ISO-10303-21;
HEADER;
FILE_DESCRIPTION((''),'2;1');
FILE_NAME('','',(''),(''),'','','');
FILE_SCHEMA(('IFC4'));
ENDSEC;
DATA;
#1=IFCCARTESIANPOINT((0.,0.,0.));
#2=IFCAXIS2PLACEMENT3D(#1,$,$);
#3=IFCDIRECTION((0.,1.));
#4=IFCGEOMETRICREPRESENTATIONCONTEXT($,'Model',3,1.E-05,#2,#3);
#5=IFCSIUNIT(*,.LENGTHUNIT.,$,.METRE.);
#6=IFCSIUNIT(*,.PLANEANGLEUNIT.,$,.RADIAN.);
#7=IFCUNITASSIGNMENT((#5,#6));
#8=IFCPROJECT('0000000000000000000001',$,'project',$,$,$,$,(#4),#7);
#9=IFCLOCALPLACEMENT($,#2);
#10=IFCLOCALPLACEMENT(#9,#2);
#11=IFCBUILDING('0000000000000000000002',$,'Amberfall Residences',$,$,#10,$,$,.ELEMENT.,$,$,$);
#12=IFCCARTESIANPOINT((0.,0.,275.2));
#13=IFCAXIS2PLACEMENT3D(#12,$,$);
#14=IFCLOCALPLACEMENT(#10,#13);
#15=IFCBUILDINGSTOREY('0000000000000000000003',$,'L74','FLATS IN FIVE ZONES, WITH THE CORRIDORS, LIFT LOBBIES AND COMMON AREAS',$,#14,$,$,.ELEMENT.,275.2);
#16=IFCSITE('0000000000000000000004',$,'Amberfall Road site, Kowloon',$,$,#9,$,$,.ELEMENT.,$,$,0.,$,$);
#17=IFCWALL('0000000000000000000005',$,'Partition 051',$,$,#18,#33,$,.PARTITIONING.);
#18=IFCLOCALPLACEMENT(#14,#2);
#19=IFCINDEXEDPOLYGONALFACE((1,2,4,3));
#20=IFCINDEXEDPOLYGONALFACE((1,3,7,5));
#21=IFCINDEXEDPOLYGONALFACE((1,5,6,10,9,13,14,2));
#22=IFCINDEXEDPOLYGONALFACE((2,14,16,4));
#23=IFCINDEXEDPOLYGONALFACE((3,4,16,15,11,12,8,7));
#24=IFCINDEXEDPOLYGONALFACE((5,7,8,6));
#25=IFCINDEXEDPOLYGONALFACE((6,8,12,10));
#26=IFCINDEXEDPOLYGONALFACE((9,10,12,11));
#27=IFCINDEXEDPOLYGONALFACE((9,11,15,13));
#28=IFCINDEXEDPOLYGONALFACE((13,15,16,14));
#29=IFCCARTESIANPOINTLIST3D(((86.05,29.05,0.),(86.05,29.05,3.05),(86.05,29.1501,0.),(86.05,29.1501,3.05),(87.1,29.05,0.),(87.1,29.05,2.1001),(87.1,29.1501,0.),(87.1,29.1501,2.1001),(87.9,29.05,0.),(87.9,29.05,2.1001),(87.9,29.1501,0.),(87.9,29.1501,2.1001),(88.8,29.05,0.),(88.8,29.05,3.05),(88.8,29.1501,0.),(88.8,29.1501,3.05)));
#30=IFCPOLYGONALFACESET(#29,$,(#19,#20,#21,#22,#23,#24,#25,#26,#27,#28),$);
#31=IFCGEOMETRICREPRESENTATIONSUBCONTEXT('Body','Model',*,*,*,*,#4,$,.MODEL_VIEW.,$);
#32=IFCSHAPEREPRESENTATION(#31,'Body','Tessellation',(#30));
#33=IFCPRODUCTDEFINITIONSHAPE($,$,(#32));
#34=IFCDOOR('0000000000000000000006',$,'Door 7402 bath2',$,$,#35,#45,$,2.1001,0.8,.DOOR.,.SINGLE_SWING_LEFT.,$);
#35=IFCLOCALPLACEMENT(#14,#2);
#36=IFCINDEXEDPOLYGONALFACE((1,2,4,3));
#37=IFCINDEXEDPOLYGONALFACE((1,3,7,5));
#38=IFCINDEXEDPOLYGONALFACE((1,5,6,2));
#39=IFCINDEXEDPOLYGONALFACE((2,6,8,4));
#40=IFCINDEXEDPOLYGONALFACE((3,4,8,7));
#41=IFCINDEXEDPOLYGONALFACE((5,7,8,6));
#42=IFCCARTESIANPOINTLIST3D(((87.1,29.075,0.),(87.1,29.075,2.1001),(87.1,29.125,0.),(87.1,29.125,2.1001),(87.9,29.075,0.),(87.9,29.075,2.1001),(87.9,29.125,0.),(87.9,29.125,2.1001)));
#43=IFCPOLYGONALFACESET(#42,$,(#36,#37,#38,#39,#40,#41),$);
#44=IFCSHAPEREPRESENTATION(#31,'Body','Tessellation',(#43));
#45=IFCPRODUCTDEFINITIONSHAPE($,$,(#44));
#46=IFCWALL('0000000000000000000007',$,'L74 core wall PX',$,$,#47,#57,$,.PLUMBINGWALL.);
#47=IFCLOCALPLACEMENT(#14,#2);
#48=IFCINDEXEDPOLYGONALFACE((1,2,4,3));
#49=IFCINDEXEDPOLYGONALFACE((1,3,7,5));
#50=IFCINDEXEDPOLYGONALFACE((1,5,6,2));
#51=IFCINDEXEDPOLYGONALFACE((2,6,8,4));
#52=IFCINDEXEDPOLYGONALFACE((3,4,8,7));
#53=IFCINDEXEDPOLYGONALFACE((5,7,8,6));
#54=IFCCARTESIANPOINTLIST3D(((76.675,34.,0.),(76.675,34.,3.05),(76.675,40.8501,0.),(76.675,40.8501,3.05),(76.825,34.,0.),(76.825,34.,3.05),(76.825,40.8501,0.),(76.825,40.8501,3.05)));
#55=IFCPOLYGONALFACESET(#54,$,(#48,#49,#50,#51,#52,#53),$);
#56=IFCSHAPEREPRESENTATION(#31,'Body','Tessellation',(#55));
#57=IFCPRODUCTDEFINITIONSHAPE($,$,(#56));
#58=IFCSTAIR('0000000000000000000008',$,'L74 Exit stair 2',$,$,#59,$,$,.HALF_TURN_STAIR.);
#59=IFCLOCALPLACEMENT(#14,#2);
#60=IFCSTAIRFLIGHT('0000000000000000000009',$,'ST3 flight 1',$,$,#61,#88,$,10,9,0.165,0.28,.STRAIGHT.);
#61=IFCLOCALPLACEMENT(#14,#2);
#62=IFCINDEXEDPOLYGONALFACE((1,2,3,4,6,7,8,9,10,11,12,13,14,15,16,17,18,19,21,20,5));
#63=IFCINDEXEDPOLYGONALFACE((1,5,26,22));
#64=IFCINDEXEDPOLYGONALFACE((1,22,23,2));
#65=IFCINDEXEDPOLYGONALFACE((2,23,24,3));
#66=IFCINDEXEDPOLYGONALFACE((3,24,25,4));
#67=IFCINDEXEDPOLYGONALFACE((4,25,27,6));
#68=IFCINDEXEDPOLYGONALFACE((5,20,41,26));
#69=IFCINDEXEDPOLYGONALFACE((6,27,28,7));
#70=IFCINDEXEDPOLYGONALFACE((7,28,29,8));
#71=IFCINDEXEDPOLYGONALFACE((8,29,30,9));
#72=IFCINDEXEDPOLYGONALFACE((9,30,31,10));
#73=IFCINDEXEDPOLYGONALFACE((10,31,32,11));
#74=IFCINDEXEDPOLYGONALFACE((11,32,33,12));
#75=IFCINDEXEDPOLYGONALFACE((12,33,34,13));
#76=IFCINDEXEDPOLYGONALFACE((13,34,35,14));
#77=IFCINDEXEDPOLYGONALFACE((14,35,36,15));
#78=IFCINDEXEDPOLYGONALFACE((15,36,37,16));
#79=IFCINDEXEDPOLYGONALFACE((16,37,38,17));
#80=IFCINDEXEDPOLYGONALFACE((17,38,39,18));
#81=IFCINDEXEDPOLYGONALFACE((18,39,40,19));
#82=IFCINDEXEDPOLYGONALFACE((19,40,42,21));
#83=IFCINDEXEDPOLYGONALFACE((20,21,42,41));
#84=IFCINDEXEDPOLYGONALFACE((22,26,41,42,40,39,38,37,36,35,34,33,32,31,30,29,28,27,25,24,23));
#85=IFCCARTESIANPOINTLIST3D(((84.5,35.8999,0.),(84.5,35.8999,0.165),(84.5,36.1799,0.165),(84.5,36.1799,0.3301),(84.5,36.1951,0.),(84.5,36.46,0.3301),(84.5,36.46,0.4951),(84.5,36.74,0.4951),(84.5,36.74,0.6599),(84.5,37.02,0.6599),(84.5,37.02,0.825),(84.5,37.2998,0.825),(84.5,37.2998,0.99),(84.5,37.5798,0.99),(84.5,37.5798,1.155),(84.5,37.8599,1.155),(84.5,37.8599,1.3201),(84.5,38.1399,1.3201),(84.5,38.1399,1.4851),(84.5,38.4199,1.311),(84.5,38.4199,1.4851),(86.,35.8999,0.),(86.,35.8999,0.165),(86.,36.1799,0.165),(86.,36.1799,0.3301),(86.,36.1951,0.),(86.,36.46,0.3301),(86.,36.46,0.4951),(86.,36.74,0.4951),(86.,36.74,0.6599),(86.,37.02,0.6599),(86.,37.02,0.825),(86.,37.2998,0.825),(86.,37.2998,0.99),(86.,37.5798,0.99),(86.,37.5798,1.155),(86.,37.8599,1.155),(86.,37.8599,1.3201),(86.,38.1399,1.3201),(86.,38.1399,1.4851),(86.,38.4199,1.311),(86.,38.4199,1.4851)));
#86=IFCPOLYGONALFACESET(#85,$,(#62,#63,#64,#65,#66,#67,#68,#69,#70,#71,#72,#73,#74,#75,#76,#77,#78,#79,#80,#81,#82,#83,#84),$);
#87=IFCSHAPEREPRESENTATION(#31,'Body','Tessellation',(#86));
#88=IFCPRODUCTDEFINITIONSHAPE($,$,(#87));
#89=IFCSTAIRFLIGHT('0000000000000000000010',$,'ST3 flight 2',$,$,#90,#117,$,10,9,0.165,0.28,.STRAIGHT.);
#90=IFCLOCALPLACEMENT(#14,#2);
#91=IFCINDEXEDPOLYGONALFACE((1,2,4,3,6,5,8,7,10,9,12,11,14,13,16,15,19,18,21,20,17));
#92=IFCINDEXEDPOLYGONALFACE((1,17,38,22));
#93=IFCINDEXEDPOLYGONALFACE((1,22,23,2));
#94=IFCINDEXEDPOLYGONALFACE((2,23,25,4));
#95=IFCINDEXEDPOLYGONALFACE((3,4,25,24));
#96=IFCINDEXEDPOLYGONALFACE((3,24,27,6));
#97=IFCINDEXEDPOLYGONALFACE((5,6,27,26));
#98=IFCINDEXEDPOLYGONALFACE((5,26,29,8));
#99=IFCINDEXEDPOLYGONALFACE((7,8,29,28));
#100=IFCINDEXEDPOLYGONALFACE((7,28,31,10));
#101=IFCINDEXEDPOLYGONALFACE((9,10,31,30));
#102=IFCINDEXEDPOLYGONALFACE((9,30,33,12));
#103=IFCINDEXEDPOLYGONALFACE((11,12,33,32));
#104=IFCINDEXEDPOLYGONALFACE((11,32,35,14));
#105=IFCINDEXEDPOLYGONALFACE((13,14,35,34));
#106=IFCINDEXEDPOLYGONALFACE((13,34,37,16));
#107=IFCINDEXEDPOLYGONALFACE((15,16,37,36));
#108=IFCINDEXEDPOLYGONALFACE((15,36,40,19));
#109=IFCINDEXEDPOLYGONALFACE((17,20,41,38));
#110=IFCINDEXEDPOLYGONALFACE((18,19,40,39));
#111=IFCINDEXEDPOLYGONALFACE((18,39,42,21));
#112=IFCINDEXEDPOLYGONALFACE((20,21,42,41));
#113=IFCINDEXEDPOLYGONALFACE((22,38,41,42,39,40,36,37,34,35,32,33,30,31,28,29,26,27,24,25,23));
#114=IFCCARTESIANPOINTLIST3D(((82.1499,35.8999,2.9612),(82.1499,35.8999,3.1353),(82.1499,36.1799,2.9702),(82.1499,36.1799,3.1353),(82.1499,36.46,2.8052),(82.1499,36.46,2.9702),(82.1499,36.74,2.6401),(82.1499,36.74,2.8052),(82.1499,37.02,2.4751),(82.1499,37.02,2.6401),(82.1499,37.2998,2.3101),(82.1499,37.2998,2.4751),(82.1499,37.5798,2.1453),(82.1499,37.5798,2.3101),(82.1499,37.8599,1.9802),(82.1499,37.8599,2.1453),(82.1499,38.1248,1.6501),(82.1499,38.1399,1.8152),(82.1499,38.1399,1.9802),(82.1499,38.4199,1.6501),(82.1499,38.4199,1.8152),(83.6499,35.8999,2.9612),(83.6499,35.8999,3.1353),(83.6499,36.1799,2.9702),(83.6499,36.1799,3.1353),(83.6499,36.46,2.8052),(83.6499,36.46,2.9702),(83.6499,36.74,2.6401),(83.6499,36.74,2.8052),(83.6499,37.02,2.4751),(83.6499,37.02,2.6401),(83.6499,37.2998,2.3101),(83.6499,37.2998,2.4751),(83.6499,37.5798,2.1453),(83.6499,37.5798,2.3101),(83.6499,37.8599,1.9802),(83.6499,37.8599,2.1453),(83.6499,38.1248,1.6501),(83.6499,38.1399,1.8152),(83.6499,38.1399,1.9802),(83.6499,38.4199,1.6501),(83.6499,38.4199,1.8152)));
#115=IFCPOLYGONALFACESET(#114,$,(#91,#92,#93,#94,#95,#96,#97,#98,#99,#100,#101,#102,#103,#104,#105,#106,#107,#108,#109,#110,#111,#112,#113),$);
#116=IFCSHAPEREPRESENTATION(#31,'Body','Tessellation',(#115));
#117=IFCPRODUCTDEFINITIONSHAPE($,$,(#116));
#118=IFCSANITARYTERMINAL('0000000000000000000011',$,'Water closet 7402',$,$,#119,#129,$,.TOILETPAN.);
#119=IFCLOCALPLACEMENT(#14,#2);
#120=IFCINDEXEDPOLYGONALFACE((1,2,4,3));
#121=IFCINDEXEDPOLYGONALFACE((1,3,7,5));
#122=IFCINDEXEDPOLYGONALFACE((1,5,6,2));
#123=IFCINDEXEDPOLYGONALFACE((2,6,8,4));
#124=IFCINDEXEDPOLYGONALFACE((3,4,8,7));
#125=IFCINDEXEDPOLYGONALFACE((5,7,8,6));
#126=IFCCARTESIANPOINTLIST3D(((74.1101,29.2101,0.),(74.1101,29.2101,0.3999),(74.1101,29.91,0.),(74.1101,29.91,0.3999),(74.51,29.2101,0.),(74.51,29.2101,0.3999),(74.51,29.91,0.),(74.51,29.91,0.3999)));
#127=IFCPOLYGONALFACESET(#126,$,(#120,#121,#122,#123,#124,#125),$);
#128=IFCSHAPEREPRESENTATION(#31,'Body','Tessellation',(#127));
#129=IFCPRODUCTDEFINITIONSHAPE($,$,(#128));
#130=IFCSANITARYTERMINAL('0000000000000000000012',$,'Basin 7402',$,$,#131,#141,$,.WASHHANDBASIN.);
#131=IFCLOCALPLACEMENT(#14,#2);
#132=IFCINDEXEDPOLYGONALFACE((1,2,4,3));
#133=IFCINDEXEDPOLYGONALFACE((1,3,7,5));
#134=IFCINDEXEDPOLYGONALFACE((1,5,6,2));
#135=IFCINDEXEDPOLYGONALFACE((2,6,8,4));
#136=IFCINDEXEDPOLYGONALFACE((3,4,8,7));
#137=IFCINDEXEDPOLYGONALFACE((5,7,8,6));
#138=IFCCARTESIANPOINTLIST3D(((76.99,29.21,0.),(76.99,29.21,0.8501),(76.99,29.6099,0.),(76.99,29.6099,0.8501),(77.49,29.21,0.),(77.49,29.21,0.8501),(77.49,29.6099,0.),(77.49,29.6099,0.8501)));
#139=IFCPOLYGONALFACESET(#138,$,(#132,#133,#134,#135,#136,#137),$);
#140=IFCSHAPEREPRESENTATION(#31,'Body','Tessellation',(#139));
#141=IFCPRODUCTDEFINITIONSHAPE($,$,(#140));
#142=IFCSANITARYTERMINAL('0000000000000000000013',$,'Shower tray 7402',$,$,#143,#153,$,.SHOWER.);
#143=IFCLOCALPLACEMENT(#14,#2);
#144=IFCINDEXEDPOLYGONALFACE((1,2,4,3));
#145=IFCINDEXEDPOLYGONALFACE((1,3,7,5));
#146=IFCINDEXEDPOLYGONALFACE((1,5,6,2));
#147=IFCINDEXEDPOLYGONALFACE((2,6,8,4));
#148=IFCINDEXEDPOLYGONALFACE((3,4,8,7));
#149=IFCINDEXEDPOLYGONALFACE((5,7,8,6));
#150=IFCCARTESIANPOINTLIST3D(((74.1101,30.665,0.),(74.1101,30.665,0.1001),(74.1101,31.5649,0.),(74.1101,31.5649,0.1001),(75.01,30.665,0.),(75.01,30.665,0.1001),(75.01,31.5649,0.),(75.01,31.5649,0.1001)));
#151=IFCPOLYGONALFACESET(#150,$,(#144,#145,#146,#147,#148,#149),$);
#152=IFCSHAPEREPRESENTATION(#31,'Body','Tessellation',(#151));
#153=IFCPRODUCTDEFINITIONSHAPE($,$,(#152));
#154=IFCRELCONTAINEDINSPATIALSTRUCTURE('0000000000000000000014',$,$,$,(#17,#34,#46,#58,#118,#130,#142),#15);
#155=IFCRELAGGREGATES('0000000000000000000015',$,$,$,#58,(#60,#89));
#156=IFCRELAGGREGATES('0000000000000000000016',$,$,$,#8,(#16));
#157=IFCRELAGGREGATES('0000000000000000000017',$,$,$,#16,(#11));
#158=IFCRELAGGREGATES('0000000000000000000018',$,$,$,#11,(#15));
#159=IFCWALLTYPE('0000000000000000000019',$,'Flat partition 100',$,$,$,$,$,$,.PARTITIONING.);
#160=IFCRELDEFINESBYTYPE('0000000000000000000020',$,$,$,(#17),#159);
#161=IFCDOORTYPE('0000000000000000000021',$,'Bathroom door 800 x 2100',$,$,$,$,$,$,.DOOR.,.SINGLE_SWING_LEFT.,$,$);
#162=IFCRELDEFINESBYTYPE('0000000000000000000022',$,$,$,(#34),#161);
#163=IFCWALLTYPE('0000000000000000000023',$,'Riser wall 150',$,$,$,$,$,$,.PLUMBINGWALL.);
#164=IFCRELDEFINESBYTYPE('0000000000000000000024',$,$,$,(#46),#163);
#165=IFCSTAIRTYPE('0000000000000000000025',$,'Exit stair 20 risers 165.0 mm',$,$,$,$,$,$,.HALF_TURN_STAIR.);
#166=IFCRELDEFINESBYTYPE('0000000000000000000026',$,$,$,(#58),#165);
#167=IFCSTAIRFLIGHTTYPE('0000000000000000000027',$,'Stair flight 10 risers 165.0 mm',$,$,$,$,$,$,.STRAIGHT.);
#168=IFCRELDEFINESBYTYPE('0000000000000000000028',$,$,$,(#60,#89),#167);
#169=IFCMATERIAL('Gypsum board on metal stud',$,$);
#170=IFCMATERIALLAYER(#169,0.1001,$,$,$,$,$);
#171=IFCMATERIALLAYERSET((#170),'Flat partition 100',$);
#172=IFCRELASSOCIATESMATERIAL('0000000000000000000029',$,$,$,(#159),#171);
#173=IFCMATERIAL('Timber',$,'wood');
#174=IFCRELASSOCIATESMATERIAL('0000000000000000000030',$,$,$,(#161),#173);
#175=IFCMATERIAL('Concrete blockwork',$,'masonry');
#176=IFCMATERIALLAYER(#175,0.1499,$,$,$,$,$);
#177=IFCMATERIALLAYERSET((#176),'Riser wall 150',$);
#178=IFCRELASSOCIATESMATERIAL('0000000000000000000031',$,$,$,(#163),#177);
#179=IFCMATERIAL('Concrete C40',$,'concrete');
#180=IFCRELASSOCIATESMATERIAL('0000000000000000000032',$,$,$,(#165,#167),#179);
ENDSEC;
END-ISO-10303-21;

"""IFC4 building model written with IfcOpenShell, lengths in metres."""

from ifc_helpers import new_model, si_unit, direction, frame, frame_2d, origin, origin_2d, place, context, subcontext, project, spatial, polyline, rectangle, outline, extrude, material, layer, layer_set, type_object, element, fill, aggregate, save


model = new_model("IFC4")

# Units and contexts
model_context = context("Model", 3, precision=1e-05, world=origin(), true_north=direction((0.0, 1.0)))
body_context = subcontext(model_context, "Body", "Model", "MODEL_VIEW")
ifc_project = project(units=[si_unit("LENGTHUNIT", "METRE"), si_unit("PLANEANGLEUNIT", "RADIAN")], contexts=[model_context])

# Site, building, storey
site_placement = place(None, origin())
site = spatial("IfcSite", under=ifc_project, at=site_placement, Name="Amberfall Road site, Kowloon", CompositionType="ELEMENT", RefElevation=0.0)
building_placement = place(site_placement, origin())
building = spatial("IfcBuilding", under=site, at=building_placement, Name="Amberfall Residences", CompositionType="ELEMENT")
storey_placement = place(building_placement, frame((0.0, 0.0, 275.2)))
storey = spatial("IfcBuildingStorey", under=building, at=storey_placement, Name="L74", Description="FLATS IN FIVE ZONES, WITH THE CORRIDORS, LIFT LOBBIES AND COMMON AREAS", CompositionType="ELEMENT", Elevation=275.2)

# Shared definitions
ifc_material_1 = material(Name="Gypsum board on metal stud")
ifc_layer_1 = layer(ifc_material_1, 0.1001)
ifc_layer_set_1 = layer_set([ifc_layer_1], Name="Flat partition 100")
wall_type_1 = type_object("IfcWallType", Name="Flat partition 100", PredefinedType="PARTITIONING", material=ifc_layer_set_1)
ifc_material_2 = material(Name="Timber", Category="wood")

# Wall, opening, door
wall_1_placement = place(storey_placement, frame((86.05, 29.1001, 0.0), z_axis=(0.0, 0.0, 1.0), x_axis=(1.0, 0.0, 0.0)))
wall_1 = element("IfcWall", 1, at=wall_1_placement, inside=storey, type_object=wall_type_1, Name="Partition 051", PredefinedType="PARTITIONING", context=body_context, shape_type="SweptSolid", body=[
    extrude(rectangle(XDim=2.75, YDim=0.1001, at=frame_2d((1.375, 0.0))), origin(), (0.0, 0.0, 1.0), 3.05),
])
opening_1_placement = place(wall_1_placement, frame((1.05, 0.0, 0.0)))
opening_1 = element("IfcOpeningElement", 2, at=opening_1_placement, cuts=wall_1, PredefinedType="OPENING", context=body_context, shape_type="SweptSolid", body=[
    extrude(rectangle(XDim=0.8, YDim=2.1001, at=frame_2d((0.3999, 1.05))), frame((0.0, 0.0601, 0.0), z_axis=(0.0, -1.0, 0.0), x_axis=(1.0, 0.0, 0.0)), (0.0, 0.0, 1.0), 0.1201),
])
door_type_1 = type_object("IfcDoorType", Name="Bathroom door 800 x 2100", OperationType="SINGLE_SWING_LEFT", PredefinedType="DOOR", material=ifc_material_2)
door_1_placement = place(opening_1_placement, origin())
door_1 = element("IfcDoor", 3, at=door_1_placement, inside=storey, type_object=door_type_1, Name="Door 7402 bath2", OperationType="SINGLE_SWING_LEFT", OverallHeight=2.1001, OverallWidth=0.8, PredefinedType="DOOR", context=body_context, shape_type="SweptSolid", body=[
    extrude(rectangle(XDim=0.8, YDim=2.1001, at=frame_2d((0.3999, 1.05))), frame((0.0, 0.0249, 0.0), z_axis=(0.0, -1.0, 0.0), x_axis=(1.0, 0.0, 0.0)), (0.0, 0.0, 1.0), 0.05),
])
fill(opening_1, door_1)

# Wall
ifc_material_3 = material(Name="Concrete blockwork", Category="masonry")
ifc_layer_2 = layer(ifc_material_3, 0.1499)
ifc_layer_set_2 = layer_set([ifc_layer_2], Name="Riser wall 150")
wall_type_2 = type_object("IfcWallType", Name="Riser wall 150", PredefinedType="PLUMBINGWALL", material=ifc_layer_set_2)
wall_2_placement = place(storey_placement, frame((76.75, 34.0, 0.0), z_axis=(0.0, 0.0, 1.0), x_axis=(0.0, 1.0, 0.0)))
element("IfcWall", 4, at=wall_2_placement, inside=storey, type_object=wall_type_2, Name="L74 core wall PX", PredefinedType="PLUMBINGWALL", context=body_context, shape_type="SweptSolid", body=[
    extrude(rectangle(XDim=6.8501, YDim=0.1499, at=frame_2d((3.425, 0.0))), origin(), (0.0, 0.0, 1.0), 3.05),
])

# Stair, stair flights
ifc_material_4 = material(Name="Concrete C40", Category="concrete")
stair_type = type_object("IfcStairType", Name="Exit stair 20 risers 165.0 mm", PredefinedType="HALF_TURN_STAIR", material=ifc_material_4)
stair_placement = place(storey_placement, origin())
stair = element("IfcStair", 5, at=stair_placement, inside=storey, type_object=stair_type, Name="L74 Exit stair 2", PredefinedType="HALF_TURN_STAIR")
stair_flight_type = type_object("IfcStairFlightType", Name="Stair flight 10 risers 165.0 mm", PredefinedType="STRAIGHT", material=ifc_material_4)
stair_flight_1_placement = place(storey_placement, frame((85.25, 35.8999, 0.0), z_axis=(0.0, 0.0, 1.0), x_axis=(0.0, 1.0, 0.0)))
stair_flight_1 = element("IfcStairFlight", 6, at=stair_flight_1_placement, type_object=stair_flight_type, Name="ST3 flight 1", NumberOfRisers=10, NumberOfTreads=9, PredefinedType="STRAIGHT", RiserHeight=0.165, TreadLength=0.28, context=body_context, shape_type="SweptSolid", body=[
    extrude(outline(polyline([(0.0, 0.0), (0.0, 0.165), (0.28, 0.165), (0.28, 0.3301), (0.5601, 0.3301), (0.5601, 0.4951), (0.8401, 0.4951), (0.8401, 0.6599), (1.1201, 0.6599), (1.1201, 0.825), (1.3999, 0.825), (1.3999, 0.99), (1.6799, 0.99), (1.6799, 1.155), (1.96, 1.155), (1.96, 1.3201), (2.24, 1.3201), (2.24, 1.4851), (2.52, 1.4851), (2.52, 1.6499), (2.52, 1.311), (0.2952, 0.0), (0.0, 0.0)])), frame((0.0, 0.75, 0.0), z_axis=(0.0, -1.0, 0.0), x_axis=(1.0, 0.0, 0.0)), (0.0, 0.0, 1.0), 1.5),
])
stair_flight_2_placement = place(storey_placement, frame((82.8999, 38.4199, 1.6501), z_axis=(0.0, 0.0, 1.0), x_axis=(0.0, -1.0, 0.0)))
stair_flight_2 = element("IfcStairFlight", 7, at=stair_flight_2_placement, type_object=stair_flight_type, Name="ST3 flight 2", NumberOfRisers=10, NumberOfTreads=9, PredefinedType="STRAIGHT", RiserHeight=0.165, TreadLength=0.28, context=body_context, shape_type="SweptSolid", body=[
    extrude(outline(polyline([(0.0, 0.0), (0.0, 0.165), (0.28, 0.165), (0.28, 0.3301), (0.5601, 0.3301), (0.5601, 0.4951), (0.8401, 0.4951), (0.8401, 0.6599), (1.1201, 0.6599), (1.1201, 0.825), (1.3999, 0.825), (1.3999, 0.99), (1.6799, 0.99), (1.6799, 1.155), (1.96, 1.155), (1.96, 1.3201), (2.24, 1.3201), (2.24, 1.4851), (2.52, 1.4851), (2.52, 1.6499), (2.52, 1.311), (0.2952, 0.0), (0.0, 0.0)])), frame((0.0, 0.75, 0.0), z_axis=(0.0, -1.0, 0.0), x_axis=(1.0, 0.0, 0.0)), (0.0, 0.0, 1.0), 1.5),
])
aggregate(stair, [stair_flight_1, stair_flight_2])

# Sanitary terminals
sanitary_terminal_1_placement = place(storey_placement, frame((74.3101, 29.5601, 0.0), z_axis=(0.0, 0.0, 1.0), x_axis=(1.0, 0.0, 0.0)))
element("IfcSanitaryTerminal", 8, at=sanitary_terminal_1_placement, inside=storey, Name="Water closet 7402", PredefinedType="TOILETPAN", context=body_context, shape_type="SweptSolid", body=[
    extrude(rectangle(XDim=0.3999, YDim=0.7, at=origin_2d()), origin(), (0.0, 0.0, 1.0), 0.3999),
])
sanitary_terminal_2_placement = place(storey_placement, frame((77.24, 29.4099, 0.0), z_axis=(0.0, 0.0, 1.0), x_axis=(1.0, 0.0, 0.0)))
element("IfcSanitaryTerminal", 9, at=sanitary_terminal_2_placement, inside=storey, Name="Basin 7402", PredefinedType="WASHHANDBASIN", context=body_context, shape_type="SweptSolid", body=[
    extrude(rectangle(XDim=0.5, YDim=0.3999, at=origin_2d()), origin(), (0.0, 0.0, 1.0), 0.8501),
])
sanitary_terminal_3_placement = place(storey_placement, frame((74.5601, 31.115, 0.0), z_axis=(0.0, 0.0, 1.0), x_axis=(1.0, 0.0, 0.0)))
element("IfcSanitaryTerminal", 10, at=sanitary_terminal_3_placement, inside=storey, Name="Shower tray 7402", PredefinedType="SHOWER", context=body_context, shape_type="SweptSolid", body=[
    extrude(rectangle(XDim=0.8999, YDim=0.8999, at=origin_2d()), origin(), (0.0, 0.0, 1.0), 0.1001),
])

save(model, "model.ifc")
